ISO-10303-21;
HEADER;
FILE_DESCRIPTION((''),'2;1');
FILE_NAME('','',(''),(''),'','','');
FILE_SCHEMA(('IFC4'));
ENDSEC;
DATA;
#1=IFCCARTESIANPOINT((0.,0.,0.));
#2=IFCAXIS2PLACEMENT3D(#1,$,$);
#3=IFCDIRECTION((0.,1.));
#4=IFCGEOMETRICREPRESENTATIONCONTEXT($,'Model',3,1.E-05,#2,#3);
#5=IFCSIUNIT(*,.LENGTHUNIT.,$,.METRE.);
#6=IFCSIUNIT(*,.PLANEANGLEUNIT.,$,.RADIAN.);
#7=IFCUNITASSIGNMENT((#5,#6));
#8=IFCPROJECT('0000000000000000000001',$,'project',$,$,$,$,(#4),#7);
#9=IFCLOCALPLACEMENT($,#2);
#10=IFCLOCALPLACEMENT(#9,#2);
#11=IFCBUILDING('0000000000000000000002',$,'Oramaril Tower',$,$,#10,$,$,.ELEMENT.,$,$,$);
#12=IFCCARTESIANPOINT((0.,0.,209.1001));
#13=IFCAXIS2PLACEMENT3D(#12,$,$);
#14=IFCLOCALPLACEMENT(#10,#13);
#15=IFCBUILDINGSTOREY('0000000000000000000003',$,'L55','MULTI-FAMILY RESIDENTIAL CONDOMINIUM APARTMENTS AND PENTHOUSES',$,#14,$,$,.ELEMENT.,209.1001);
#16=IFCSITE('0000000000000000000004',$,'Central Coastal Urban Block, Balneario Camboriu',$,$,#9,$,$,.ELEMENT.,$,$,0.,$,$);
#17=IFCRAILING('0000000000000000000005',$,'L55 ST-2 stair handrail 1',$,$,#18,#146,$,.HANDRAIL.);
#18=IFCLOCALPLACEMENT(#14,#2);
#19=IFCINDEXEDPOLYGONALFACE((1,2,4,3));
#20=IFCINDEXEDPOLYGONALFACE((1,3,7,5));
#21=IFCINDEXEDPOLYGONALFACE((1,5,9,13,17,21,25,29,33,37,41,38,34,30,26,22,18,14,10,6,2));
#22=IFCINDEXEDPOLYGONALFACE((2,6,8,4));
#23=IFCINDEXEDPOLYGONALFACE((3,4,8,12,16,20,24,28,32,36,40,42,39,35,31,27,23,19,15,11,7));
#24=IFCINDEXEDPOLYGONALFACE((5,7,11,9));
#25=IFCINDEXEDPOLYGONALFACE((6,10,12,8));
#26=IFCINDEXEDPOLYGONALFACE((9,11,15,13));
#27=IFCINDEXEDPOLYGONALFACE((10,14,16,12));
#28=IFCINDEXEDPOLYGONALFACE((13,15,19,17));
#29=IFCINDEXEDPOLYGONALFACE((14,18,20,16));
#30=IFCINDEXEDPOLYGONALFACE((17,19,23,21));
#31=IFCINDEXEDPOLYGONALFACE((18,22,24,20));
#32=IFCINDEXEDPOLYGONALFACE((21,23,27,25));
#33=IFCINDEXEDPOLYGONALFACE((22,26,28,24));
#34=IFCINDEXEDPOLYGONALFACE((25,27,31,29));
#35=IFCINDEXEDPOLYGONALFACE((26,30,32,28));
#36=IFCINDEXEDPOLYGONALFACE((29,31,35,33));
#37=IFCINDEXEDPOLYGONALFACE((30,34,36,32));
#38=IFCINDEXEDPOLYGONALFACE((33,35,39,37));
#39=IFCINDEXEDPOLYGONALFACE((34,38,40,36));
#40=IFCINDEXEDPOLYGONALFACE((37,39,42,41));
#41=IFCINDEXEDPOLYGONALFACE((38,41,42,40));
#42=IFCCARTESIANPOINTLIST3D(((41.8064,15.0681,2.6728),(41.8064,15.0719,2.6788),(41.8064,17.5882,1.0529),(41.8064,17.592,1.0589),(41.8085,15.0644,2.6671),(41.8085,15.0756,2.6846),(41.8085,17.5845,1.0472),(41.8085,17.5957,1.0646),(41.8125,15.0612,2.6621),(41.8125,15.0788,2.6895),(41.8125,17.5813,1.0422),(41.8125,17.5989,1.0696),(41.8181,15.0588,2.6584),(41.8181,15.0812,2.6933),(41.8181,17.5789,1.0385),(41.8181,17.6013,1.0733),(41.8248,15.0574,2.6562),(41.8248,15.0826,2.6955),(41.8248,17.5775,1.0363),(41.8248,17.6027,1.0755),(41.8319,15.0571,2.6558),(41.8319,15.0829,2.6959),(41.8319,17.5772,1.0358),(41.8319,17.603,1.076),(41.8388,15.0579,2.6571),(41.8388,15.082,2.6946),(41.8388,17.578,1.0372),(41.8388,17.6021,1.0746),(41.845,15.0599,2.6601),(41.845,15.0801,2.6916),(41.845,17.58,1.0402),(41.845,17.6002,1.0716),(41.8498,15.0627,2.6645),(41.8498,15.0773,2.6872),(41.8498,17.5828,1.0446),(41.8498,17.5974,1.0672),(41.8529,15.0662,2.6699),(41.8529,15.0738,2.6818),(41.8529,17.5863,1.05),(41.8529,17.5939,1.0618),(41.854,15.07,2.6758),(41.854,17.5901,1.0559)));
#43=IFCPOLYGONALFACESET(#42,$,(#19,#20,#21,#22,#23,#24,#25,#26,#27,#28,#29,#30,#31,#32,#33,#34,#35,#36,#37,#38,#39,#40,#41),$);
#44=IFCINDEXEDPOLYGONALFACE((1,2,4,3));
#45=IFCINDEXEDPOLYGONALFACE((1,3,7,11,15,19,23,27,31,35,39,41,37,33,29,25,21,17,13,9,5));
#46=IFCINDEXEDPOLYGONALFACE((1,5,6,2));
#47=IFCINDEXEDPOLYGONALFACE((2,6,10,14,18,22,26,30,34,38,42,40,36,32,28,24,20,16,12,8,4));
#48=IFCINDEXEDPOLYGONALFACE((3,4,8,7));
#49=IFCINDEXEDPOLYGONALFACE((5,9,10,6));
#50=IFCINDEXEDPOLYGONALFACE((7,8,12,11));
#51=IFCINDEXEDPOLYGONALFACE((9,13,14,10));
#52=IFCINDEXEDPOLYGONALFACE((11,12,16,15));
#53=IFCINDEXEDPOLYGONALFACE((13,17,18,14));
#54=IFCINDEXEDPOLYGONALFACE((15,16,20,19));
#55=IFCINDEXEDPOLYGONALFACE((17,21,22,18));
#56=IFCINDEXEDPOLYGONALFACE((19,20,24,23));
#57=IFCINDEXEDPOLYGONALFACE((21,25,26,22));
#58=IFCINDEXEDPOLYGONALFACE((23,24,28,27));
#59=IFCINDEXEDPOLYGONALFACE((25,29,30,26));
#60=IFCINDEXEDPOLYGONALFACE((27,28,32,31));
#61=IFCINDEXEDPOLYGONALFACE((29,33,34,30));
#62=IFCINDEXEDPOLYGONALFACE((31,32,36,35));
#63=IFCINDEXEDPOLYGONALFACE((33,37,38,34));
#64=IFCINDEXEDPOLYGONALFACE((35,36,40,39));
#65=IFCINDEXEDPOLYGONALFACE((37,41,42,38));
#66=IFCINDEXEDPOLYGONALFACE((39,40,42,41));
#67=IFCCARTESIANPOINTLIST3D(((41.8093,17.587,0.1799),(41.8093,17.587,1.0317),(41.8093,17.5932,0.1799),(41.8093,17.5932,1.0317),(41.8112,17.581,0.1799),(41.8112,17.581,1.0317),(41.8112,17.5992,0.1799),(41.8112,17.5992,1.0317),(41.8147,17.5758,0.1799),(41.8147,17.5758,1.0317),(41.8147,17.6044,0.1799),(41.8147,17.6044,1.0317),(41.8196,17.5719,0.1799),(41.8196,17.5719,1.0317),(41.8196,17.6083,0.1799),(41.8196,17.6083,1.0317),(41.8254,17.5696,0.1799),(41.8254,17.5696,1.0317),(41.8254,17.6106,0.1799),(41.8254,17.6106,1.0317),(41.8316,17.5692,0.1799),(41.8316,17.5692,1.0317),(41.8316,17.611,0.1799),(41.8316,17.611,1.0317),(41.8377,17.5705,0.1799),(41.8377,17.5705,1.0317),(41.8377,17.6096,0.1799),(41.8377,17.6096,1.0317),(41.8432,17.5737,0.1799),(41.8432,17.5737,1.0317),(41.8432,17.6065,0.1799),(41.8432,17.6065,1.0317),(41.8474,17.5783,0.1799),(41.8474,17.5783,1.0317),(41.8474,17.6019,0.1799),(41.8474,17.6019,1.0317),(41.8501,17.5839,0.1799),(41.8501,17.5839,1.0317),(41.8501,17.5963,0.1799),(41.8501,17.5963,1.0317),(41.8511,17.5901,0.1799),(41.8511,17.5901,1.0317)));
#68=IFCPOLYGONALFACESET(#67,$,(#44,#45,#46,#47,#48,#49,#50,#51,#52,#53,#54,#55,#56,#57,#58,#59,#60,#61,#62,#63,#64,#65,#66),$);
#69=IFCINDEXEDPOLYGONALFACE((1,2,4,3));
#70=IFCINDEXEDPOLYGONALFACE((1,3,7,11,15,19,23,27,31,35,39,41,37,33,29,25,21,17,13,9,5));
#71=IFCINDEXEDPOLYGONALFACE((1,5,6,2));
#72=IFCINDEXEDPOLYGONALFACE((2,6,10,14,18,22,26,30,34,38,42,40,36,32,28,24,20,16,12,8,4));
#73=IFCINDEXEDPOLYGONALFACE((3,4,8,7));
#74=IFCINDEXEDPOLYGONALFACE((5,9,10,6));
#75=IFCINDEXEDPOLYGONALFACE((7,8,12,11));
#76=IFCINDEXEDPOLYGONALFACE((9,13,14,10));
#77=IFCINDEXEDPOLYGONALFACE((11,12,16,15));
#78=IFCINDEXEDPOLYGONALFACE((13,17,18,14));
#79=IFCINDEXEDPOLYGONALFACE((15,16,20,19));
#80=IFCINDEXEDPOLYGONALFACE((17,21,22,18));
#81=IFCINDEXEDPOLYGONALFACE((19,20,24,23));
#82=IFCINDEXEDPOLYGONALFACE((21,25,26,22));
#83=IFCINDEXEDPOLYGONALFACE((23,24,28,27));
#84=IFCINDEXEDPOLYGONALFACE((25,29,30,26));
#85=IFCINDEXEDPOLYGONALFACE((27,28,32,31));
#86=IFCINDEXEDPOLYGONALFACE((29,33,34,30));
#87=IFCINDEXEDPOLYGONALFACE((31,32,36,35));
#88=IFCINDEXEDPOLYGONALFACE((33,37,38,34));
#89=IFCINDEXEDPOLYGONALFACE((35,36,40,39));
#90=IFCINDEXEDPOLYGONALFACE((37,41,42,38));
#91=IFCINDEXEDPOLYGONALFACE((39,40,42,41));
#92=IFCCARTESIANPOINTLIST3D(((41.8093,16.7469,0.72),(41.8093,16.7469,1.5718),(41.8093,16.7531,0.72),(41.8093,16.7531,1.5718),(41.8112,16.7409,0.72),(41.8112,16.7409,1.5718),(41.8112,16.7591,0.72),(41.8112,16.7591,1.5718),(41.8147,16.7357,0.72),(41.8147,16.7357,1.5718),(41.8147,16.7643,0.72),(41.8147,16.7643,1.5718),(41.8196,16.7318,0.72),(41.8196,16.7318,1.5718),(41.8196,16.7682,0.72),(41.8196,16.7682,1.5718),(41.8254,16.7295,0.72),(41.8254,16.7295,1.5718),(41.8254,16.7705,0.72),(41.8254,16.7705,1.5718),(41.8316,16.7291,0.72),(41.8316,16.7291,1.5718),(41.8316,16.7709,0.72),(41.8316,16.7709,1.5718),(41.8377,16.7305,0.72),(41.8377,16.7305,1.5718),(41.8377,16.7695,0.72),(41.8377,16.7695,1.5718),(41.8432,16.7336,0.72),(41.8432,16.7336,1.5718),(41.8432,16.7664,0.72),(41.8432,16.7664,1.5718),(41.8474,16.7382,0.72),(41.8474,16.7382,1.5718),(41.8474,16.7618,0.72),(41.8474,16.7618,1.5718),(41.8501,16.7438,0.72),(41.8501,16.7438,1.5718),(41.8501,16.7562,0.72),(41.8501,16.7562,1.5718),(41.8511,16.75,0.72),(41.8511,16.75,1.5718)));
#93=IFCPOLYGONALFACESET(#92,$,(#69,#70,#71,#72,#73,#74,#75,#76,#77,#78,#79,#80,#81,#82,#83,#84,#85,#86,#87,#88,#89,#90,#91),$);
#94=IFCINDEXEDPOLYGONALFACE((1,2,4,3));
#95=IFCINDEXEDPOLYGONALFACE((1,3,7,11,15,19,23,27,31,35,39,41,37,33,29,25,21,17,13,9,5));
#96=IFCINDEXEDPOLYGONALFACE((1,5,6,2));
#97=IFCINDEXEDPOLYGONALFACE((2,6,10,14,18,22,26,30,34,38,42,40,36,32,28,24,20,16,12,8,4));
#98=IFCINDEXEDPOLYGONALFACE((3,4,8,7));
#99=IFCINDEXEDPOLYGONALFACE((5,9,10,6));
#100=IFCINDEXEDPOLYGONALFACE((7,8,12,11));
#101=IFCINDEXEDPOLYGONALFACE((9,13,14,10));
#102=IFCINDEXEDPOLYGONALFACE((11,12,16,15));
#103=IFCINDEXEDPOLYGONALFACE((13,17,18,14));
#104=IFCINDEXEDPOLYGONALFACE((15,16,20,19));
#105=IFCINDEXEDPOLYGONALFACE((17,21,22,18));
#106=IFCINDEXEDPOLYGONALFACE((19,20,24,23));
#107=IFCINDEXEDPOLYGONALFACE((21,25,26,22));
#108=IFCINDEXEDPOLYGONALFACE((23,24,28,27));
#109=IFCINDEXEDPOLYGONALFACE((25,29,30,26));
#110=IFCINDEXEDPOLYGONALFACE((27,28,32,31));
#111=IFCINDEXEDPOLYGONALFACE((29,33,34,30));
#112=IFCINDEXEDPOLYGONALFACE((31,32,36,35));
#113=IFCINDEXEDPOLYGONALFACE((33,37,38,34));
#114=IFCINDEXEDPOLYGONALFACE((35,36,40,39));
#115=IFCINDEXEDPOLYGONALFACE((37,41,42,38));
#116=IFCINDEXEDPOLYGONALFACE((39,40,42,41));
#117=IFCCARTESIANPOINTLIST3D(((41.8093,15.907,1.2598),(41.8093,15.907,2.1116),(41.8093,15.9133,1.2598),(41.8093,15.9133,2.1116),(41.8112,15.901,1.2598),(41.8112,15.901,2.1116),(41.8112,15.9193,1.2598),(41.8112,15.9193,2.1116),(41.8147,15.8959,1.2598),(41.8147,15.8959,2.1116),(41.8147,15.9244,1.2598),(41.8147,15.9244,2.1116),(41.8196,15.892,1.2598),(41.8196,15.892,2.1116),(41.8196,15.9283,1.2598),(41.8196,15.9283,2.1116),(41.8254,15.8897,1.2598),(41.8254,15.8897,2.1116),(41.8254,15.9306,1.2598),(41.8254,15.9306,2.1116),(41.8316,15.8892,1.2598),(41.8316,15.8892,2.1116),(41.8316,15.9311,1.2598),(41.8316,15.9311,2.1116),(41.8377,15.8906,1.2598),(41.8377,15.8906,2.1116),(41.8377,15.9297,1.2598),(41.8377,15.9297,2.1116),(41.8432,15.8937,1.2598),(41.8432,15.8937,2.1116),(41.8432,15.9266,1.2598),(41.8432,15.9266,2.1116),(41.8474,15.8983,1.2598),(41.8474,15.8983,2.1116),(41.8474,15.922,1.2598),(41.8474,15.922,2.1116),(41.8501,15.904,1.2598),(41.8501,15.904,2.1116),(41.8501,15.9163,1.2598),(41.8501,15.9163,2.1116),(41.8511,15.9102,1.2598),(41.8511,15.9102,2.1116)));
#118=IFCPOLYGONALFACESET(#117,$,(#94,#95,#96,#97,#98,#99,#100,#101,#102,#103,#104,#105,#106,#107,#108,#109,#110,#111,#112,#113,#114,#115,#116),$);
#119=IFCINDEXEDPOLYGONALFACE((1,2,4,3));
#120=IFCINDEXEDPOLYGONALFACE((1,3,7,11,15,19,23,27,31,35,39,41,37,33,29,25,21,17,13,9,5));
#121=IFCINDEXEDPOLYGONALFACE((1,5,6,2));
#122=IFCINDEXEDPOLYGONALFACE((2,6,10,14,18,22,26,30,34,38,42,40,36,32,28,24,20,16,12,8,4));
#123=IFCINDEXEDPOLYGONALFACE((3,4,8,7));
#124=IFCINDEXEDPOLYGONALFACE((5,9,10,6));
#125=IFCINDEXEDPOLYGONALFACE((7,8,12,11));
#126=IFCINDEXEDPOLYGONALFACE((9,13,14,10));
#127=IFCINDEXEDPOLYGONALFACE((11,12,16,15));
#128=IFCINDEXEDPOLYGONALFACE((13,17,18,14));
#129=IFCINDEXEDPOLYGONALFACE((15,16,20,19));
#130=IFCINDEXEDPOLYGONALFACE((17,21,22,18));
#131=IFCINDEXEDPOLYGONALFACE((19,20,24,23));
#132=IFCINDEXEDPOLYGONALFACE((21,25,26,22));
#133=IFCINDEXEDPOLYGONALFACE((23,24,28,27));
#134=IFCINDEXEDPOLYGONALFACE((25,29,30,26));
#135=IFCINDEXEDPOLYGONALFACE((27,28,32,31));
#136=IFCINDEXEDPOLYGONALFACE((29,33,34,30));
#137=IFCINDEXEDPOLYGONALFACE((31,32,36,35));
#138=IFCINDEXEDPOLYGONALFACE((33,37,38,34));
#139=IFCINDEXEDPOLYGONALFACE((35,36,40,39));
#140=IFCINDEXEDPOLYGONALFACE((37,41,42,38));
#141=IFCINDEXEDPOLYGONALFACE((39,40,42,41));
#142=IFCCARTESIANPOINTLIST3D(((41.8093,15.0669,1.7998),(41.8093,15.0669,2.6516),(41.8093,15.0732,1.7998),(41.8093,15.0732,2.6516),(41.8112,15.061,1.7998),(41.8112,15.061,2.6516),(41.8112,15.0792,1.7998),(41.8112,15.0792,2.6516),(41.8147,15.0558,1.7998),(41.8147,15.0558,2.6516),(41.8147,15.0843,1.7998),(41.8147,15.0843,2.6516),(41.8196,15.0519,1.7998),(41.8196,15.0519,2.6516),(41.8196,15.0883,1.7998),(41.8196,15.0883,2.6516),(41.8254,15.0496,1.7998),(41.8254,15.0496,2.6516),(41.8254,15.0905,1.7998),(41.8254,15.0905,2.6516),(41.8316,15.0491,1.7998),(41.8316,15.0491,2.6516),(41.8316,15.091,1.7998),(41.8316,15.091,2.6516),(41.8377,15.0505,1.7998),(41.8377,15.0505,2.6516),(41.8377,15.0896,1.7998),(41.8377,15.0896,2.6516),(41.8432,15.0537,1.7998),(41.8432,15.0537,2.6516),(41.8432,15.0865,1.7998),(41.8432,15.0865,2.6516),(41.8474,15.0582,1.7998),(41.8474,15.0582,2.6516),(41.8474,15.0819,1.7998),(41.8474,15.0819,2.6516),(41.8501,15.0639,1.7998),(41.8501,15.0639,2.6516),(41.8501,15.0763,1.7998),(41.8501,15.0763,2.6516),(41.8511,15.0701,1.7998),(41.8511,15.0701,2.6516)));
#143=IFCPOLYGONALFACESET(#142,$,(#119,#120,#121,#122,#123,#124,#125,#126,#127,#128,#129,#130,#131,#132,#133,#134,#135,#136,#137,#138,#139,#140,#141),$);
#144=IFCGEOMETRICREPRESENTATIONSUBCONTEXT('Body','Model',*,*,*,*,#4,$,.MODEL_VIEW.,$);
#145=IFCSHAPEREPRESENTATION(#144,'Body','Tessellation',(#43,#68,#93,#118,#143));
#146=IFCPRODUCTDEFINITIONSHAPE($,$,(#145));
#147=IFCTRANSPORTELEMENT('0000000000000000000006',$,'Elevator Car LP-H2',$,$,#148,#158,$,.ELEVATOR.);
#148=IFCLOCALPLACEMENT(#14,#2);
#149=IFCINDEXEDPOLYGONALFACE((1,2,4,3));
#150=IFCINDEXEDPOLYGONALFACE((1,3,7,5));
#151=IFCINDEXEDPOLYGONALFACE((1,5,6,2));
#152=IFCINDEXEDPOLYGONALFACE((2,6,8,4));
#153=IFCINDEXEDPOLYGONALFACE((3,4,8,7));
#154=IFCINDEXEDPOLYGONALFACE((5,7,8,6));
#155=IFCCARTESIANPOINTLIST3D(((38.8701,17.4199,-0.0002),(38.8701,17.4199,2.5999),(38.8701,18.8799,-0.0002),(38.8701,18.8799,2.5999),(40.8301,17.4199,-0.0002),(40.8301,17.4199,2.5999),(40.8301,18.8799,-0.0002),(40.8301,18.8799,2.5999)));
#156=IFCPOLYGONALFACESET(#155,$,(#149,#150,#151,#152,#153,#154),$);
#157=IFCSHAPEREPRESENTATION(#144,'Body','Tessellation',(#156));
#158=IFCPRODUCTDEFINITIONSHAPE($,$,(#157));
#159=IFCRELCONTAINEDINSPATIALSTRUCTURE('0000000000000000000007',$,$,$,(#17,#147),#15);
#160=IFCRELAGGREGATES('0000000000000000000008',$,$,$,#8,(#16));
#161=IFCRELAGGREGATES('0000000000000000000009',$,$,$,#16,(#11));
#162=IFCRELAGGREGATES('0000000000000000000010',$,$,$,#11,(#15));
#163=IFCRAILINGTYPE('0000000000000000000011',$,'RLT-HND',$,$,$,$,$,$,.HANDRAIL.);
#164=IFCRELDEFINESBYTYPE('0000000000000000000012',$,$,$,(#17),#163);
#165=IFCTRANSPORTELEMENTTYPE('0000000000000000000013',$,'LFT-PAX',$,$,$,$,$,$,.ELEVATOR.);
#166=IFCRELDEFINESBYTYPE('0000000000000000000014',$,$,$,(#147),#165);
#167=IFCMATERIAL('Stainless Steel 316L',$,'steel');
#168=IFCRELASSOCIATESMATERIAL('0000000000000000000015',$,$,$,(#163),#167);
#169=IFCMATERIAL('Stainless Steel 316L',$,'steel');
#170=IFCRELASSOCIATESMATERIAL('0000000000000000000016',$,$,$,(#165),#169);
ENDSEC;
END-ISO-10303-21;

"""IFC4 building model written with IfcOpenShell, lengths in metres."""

from ifc_helpers import new_model, si_unit, direction, frame, origin, origin_2d, place, context, subcontext, project, spatial, rectangle, circle, extrude, material, type_object, element, save


model = new_model("IFC4")

# Units and contexts
model_context = context("Model", 3, precision=1e-05, world=origin(), true_north=direction((0.0, 1.0)))
body_context = subcontext(model_context, "Body", "Model", "MODEL_VIEW")
ifc_project = project(units=[si_unit("LENGTHUNIT", "METRE"), si_unit("PLANEANGLEUNIT", "RADIAN")], contexts=[model_context])

# Site, building, storey
site_placement = place(None, origin())
site = spatial("IfcSite", under=ifc_project, at=site_placement, Name="Central Coastal Urban Block, Balneario Camboriu", CompositionType="ELEMENT", RefElevation=0.0)
building_placement = place(site_placement, origin())
building = spatial("IfcBuilding", under=site, at=building_placement, Name="Oramaril Tower", CompositionType="ELEMENT")
storey_placement = place(building_placement, frame((0.0, 0.0, 209.1001)))
storey = spatial("IfcBuildingStorey", under=building, at=storey_placement, Name="L55", Description="MULTI-FAMILY RESIDENTIAL CONDOMINIUM APARTMENTS AND PENTHOUSES", CompositionType="ELEMENT", Elevation=209.1001)

# Railing
ifc_material_1 = material(Name="Stainless Steel 316L", Category="steel")
railing_type_1 = type_object("IfcRailingType", Name="RLT-HND", PredefinedType="HANDRAIL", material=ifc_material_1)
railing_1_placement = place(storey_placement, frame((41.8301, 17.5901, 0.1799)))
element("IfcRailing", 1, at=railing_1_placement, inside=storey, type_object=railing_type_1, Name="L55 ST-2 stair handrail 1", PredefinedType="HANDRAIL", context=body_context, shape_type="SweptSolid", body=[
    extrude(circle(Radius=0.0239, at=origin_2d()), frame((0.0, 0.0, 0.876), z_axis=(0.0, -0.8412, 0.540725), x_axis=(1.0, 0.0, 0.0)), (0.0, 0.0, 1.0), 2.9958),
    extrude(circle(Radius=0.021, at=origin_2d()), origin(), (0.0, 0.0, 1.0), 0.8518),
    extrude(circle(Radius=0.021, at=origin_2d()), frame((0.0, -0.8401, 0.54)), (0.0, 0.0, 1.0), 0.8518),
    extrude(circle(Radius=0.021, at=origin_2d()), frame((0.0, -1.6799, 1.0798)), (0.0, 0.0, 1.0), 0.8518),
    extrude(circle(Radius=0.021, at=origin_2d()), frame((0.0, -2.52, 1.6199)), (0.0, 0.0, 1.0), 0.8518),
])

# Transport element
ifc_material_2 = material(Name="Stainless Steel 316L", Category="steel")
transport_element_type = type_object("IfcTransportElementType", Name="LFT-PAX", PredefinedType="ELEVATOR", material=ifc_material_2)
transport_element_placement = place(storey_placement, frame((39.8501, 18.1499, -0.0002), z_axis=(0.0, 0.0, 1.0), x_axis=(1.0, 0.0, 0.0)))
element("IfcTransportElement", 2, at=transport_element_placement, inside=storey, type_object=transport_element_type, Name="Elevator Car LP-H2", PredefinedType="ELEVATOR", context=body_context, shape_type="SweptSolid", body=[
    extrude(rectangle(XDim=1.96, YDim=1.46, at=origin_2d()), origin(), (0.0, 0.0, 1.0), 2.6001),
])

save(model, "model.ifc")
